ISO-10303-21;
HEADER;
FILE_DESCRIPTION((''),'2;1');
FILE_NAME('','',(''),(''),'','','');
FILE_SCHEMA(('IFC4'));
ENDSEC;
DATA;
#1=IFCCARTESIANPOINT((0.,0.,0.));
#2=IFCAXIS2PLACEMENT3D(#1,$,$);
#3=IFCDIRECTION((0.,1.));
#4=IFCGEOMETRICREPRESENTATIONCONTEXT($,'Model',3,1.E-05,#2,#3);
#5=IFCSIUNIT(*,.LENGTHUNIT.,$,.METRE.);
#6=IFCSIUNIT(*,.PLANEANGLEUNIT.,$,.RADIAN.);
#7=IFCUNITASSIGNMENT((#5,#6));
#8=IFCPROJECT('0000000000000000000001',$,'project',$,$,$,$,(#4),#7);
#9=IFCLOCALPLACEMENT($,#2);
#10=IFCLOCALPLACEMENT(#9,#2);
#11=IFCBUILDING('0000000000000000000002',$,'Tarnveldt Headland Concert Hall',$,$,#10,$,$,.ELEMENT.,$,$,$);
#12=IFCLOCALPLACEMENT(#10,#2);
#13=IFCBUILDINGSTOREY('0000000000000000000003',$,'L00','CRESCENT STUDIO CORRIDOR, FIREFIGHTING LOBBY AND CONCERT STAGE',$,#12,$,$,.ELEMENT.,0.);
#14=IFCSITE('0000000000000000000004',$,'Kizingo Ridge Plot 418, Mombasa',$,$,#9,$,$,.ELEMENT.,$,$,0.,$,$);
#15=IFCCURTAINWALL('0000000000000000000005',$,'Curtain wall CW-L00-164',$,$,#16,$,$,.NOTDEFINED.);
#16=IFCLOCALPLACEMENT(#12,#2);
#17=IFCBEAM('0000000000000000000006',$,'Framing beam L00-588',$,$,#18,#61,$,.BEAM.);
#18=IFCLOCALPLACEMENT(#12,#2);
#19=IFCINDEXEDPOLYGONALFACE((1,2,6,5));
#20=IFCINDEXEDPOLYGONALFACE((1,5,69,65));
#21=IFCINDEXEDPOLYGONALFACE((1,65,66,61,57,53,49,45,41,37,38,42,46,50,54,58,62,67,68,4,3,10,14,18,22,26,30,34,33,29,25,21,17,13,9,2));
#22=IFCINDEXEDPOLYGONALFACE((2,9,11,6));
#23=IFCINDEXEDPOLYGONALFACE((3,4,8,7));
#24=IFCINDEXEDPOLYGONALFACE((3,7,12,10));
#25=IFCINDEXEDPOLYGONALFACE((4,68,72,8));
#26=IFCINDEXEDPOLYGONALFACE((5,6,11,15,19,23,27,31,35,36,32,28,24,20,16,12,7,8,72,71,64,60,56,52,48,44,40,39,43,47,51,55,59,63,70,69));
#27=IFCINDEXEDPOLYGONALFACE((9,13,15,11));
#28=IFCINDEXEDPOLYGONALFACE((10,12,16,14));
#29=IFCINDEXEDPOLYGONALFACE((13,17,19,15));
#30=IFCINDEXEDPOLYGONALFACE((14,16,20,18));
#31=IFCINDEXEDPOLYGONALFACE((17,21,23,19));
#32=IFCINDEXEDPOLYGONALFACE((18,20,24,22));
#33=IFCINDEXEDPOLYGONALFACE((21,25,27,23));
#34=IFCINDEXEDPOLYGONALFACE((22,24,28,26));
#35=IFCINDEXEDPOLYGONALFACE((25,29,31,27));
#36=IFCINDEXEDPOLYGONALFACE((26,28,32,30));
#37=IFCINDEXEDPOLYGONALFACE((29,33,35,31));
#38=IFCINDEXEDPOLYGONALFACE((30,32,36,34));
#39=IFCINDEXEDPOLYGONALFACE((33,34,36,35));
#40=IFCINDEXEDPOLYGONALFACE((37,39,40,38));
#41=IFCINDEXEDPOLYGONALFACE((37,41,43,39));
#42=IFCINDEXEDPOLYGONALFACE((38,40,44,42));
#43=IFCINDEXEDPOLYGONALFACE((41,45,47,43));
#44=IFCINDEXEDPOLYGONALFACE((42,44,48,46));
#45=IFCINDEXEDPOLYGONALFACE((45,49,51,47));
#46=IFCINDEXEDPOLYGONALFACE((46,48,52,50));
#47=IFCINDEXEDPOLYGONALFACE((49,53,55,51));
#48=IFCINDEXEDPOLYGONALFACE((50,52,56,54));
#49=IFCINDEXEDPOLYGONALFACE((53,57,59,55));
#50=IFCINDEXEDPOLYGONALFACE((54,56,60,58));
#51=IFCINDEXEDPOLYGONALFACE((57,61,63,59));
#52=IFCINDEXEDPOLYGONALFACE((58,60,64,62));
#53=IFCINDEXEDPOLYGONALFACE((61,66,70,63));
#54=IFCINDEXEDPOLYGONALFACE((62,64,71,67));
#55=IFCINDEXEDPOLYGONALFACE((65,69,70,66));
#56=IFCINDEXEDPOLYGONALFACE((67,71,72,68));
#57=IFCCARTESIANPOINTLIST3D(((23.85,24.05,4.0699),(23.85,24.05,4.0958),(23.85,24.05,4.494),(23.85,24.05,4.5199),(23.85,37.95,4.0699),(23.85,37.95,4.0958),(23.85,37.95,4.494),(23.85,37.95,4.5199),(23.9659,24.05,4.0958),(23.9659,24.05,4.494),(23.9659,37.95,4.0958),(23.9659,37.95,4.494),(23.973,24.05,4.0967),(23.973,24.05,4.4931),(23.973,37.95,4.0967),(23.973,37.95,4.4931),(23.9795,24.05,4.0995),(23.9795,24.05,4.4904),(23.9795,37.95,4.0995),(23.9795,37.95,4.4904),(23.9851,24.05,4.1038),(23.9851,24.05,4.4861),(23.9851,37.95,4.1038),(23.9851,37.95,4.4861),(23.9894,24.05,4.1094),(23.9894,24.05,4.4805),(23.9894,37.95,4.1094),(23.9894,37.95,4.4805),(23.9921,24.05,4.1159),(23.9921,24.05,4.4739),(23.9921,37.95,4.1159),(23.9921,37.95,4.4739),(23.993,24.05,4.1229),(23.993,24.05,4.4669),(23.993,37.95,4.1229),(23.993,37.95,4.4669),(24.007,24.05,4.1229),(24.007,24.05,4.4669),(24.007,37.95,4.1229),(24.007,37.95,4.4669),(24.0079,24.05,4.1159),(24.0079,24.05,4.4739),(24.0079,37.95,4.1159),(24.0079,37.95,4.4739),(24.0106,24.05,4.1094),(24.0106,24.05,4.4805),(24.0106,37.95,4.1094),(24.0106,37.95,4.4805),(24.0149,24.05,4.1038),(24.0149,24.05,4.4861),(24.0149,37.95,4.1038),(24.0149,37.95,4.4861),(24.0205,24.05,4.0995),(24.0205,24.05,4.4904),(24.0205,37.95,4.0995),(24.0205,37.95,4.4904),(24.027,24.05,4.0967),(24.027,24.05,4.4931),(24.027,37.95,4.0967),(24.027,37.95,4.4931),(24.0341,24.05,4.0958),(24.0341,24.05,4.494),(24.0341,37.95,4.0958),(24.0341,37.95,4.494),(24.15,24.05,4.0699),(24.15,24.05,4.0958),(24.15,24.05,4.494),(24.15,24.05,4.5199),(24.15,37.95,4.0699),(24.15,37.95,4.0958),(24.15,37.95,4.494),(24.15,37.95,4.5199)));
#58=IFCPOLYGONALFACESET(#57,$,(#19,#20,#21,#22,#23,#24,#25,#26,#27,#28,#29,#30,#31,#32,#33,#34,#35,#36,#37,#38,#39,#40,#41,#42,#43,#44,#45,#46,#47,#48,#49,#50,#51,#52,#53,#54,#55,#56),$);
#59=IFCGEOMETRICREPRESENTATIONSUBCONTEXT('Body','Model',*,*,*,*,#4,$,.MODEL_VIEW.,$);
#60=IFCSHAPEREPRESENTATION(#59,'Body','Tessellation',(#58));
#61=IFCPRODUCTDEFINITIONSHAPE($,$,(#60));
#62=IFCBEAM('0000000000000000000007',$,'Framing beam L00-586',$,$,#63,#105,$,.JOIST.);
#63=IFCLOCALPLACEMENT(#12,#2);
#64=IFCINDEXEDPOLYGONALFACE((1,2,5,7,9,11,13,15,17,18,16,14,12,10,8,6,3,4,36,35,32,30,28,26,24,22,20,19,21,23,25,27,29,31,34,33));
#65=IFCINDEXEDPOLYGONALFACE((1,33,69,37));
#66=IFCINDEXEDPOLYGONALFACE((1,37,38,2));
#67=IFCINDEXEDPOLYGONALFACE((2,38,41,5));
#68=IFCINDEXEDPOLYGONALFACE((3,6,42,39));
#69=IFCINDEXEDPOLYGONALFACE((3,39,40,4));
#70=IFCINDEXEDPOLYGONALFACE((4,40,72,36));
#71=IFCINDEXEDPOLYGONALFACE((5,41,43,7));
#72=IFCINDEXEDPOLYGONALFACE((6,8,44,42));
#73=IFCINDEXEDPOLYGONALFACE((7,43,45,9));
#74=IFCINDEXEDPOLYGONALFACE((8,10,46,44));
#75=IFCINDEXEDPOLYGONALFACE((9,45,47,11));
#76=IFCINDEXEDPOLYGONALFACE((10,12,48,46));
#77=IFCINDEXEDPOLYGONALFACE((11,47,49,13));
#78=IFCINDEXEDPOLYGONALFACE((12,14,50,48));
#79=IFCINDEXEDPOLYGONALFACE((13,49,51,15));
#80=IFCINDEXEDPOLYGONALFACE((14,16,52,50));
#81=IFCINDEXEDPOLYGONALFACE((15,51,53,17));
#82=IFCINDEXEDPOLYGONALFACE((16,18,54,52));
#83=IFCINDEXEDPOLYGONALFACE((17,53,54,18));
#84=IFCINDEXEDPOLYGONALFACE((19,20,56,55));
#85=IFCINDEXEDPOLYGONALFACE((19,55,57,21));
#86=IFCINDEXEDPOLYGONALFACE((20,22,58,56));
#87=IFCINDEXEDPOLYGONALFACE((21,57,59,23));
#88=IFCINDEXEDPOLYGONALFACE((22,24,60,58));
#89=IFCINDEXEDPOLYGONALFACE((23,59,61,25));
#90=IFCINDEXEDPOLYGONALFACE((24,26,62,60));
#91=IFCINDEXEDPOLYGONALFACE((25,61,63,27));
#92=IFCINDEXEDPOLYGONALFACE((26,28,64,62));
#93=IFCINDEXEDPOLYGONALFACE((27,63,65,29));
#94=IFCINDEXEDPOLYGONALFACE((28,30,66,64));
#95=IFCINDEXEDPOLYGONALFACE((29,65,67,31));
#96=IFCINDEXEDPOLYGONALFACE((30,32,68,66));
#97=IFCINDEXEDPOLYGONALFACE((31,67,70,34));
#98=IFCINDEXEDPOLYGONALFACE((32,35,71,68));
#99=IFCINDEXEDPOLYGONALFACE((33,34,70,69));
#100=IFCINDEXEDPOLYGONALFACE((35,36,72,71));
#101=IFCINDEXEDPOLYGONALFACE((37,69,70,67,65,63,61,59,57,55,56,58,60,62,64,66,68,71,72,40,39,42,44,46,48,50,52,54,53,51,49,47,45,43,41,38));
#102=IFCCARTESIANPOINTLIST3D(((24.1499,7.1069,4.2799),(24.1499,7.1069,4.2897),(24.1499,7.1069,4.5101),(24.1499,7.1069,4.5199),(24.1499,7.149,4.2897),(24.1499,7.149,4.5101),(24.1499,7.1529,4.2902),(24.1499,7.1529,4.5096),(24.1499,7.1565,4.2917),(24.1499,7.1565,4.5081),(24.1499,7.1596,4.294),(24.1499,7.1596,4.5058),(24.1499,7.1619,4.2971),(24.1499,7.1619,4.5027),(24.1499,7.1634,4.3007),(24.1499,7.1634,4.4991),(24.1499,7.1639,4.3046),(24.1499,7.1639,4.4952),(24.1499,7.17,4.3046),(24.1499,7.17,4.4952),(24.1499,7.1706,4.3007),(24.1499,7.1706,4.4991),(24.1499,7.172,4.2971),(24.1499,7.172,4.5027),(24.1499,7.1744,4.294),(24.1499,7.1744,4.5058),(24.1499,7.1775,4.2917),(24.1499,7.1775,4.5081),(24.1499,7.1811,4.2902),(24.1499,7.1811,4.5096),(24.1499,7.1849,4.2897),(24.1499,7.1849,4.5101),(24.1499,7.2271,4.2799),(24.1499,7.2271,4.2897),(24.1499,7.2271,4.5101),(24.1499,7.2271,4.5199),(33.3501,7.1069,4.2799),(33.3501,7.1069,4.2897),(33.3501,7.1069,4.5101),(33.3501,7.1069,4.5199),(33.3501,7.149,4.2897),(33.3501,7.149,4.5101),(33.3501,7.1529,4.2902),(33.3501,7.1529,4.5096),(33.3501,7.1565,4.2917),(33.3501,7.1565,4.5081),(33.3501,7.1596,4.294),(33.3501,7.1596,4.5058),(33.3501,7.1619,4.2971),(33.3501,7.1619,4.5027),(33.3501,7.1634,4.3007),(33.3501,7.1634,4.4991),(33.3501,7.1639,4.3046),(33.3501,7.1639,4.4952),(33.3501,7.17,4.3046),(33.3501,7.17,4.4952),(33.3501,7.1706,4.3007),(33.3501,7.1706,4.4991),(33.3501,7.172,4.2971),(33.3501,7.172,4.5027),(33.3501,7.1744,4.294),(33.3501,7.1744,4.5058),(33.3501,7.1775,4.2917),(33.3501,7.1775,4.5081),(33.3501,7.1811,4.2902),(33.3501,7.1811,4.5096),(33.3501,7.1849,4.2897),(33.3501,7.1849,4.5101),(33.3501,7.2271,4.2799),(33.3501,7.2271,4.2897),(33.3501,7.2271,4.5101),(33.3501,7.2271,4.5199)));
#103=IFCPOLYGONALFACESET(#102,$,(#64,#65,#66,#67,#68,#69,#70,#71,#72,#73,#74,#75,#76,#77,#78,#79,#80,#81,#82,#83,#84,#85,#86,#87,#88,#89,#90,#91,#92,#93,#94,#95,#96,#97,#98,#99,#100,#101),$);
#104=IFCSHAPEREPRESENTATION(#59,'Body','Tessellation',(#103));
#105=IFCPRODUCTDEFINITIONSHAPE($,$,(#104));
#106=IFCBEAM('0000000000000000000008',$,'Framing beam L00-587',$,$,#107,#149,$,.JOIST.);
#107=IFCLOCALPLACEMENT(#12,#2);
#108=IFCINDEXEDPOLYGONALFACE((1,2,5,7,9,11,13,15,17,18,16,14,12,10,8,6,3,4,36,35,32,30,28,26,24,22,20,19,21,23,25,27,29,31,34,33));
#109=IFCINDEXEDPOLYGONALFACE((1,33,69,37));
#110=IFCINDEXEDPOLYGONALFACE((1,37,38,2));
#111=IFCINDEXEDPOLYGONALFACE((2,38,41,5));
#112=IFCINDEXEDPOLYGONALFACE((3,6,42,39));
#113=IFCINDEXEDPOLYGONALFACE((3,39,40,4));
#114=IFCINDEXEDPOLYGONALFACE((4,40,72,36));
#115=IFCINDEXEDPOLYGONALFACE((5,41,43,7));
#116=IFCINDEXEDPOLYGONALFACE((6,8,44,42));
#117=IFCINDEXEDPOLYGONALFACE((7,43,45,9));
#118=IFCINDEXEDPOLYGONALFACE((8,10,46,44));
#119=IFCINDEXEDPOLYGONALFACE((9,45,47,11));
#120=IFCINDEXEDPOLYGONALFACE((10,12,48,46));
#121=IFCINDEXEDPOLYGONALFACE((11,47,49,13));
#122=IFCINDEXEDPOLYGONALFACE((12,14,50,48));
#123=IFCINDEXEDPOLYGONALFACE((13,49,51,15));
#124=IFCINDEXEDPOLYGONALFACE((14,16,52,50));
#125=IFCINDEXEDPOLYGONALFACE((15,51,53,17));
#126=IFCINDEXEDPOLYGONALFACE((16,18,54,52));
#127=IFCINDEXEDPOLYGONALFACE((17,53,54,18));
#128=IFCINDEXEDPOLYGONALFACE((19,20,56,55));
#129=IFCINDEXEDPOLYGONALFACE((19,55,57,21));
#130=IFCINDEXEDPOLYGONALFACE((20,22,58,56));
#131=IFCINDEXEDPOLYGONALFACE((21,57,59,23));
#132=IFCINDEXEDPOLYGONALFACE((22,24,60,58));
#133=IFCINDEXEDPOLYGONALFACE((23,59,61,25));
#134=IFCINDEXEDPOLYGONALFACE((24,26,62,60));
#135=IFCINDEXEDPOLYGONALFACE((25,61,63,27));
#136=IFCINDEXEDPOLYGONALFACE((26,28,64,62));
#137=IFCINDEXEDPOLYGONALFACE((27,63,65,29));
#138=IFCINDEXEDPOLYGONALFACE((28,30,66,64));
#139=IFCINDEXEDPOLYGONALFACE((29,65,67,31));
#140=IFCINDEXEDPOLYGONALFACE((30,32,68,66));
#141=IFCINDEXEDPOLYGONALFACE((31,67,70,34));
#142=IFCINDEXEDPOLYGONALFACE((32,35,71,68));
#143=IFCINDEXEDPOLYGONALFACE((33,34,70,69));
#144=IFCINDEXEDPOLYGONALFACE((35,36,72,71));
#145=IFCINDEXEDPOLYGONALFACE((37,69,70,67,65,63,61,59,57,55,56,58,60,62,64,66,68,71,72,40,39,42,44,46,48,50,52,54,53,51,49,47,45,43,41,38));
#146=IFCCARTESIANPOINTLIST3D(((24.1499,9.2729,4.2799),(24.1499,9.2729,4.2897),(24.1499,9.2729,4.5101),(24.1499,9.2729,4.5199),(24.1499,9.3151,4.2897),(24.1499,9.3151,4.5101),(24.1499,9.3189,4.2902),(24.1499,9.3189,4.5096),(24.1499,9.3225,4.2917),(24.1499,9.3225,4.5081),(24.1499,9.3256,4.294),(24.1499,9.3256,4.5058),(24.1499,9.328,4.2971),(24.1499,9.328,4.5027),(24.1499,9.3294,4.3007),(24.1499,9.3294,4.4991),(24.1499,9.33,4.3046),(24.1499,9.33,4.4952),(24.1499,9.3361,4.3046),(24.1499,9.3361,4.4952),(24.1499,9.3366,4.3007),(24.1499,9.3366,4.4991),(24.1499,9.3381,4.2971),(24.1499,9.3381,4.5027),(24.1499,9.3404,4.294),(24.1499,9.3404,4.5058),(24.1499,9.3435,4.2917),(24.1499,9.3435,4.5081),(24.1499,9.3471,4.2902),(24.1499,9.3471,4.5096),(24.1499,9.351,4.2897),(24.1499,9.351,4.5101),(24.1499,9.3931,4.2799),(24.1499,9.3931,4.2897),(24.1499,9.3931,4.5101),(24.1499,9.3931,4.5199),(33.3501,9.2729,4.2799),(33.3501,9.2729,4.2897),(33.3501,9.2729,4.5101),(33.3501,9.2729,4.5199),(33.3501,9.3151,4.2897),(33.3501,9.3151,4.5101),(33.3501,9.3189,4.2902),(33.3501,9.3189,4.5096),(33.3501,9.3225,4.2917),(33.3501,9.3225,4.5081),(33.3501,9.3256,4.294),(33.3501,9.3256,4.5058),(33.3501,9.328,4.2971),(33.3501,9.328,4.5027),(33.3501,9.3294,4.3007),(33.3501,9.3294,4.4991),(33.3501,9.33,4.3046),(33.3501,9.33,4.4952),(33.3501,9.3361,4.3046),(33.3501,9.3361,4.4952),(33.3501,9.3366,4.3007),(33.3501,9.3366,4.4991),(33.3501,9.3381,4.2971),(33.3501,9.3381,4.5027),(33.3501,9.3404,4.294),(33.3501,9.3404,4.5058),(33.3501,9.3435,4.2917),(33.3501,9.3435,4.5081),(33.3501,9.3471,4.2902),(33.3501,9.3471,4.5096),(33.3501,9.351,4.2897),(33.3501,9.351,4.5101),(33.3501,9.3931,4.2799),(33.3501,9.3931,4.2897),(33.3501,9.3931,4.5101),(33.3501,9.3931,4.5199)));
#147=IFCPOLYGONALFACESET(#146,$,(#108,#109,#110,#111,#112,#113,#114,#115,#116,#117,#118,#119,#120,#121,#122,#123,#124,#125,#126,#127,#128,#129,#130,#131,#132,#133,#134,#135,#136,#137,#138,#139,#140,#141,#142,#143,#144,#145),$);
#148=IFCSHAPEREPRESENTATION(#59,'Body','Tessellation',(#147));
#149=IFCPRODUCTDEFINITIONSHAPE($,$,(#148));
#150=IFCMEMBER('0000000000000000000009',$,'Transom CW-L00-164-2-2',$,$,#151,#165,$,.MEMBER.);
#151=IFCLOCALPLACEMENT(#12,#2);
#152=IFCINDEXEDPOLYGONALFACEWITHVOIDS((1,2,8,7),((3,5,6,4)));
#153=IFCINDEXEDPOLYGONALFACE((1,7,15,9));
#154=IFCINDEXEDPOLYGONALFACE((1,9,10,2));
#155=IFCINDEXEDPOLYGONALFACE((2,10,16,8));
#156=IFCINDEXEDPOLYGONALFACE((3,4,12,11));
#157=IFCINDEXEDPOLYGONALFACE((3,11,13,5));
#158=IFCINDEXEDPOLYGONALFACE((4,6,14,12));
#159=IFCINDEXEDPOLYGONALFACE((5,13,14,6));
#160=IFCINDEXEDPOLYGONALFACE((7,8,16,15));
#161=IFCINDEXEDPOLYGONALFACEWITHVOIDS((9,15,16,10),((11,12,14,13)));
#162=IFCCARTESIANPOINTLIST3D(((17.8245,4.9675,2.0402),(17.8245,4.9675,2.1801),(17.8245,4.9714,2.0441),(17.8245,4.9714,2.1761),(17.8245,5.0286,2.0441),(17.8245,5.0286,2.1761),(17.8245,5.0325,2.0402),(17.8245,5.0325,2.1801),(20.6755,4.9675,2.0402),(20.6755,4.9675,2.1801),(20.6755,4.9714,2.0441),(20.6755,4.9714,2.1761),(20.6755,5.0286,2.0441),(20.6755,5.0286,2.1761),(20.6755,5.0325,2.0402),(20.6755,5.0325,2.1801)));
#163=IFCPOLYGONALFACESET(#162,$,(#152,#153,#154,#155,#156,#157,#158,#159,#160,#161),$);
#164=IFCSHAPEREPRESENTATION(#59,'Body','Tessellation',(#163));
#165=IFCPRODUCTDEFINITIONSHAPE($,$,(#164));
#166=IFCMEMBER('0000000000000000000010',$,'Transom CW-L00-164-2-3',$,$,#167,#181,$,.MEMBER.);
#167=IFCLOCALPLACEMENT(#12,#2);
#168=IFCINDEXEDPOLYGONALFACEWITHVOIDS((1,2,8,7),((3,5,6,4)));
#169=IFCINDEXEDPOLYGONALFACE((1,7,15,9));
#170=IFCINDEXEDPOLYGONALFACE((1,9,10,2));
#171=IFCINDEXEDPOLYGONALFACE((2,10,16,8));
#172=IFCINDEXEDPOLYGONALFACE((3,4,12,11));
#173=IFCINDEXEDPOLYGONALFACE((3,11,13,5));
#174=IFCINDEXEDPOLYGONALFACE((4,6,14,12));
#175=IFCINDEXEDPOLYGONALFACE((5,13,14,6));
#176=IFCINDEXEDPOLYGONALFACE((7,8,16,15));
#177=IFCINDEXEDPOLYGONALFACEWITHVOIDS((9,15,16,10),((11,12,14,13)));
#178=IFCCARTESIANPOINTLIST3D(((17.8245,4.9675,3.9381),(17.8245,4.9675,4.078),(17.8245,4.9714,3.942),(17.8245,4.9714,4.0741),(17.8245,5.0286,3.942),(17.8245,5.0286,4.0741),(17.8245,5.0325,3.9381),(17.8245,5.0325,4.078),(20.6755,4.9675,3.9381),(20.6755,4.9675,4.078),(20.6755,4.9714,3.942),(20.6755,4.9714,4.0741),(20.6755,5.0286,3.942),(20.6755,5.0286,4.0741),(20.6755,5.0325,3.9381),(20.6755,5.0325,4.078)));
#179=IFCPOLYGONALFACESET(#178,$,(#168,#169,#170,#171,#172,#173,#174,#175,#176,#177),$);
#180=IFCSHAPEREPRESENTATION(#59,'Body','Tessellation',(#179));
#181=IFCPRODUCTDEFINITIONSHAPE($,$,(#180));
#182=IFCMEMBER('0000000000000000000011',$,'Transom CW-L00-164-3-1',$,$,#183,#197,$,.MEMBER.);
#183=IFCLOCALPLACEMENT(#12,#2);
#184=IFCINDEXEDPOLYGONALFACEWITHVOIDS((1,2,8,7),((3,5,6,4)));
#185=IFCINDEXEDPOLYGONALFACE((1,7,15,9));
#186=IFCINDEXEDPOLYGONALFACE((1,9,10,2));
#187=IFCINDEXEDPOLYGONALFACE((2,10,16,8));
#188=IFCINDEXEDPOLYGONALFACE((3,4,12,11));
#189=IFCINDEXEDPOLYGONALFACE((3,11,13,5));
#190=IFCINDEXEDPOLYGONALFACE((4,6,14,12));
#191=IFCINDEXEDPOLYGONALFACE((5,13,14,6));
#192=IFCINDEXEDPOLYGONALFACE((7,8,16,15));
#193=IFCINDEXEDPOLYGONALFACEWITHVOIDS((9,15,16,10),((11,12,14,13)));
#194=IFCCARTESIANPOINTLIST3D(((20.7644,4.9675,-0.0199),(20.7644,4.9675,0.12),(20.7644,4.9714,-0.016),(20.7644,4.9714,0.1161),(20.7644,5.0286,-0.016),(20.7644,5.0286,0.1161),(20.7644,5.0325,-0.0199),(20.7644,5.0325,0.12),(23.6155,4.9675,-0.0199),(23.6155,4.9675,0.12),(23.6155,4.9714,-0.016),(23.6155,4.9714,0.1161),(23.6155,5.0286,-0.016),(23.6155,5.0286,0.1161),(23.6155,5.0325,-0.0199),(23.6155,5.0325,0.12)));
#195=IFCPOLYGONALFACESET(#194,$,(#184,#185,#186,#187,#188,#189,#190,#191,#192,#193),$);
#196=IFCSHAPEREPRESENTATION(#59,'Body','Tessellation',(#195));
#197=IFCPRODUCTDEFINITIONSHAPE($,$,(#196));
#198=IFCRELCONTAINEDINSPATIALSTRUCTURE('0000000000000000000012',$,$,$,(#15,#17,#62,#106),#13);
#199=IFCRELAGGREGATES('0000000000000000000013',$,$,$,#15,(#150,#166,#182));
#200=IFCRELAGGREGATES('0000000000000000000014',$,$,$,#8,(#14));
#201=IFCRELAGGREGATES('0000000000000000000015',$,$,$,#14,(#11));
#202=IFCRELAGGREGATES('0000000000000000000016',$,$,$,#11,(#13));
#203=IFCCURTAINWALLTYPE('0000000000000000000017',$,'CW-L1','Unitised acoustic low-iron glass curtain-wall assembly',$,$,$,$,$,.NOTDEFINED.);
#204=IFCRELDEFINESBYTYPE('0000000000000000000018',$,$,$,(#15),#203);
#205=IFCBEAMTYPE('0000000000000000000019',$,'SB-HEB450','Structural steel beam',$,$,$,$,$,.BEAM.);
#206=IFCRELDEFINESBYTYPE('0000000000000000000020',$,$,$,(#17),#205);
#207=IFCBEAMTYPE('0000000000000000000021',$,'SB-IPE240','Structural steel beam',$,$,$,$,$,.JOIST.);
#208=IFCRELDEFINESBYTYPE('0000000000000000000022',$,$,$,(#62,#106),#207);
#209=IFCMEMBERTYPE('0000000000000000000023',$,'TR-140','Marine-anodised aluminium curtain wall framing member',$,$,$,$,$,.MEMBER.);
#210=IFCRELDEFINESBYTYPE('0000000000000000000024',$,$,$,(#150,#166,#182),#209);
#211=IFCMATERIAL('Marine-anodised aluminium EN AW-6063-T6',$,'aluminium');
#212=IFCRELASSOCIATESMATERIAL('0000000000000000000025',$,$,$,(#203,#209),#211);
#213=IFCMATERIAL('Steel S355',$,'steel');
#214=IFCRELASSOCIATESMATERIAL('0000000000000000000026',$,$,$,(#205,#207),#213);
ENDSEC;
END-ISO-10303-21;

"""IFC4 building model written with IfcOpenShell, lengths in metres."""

from ifc_helpers import new_model, si_unit, direction, frame, origin, origin_2d, place, context, subcontext, project, spatial, hollow_rectangle, i_section, extrude, material, material_profile, profile_set, type_object, element, aggregate, save


model = new_model("IFC4")

# Units and contexts
model_context = context("Model", 3, precision=1e-05, world=origin(), true_north=direction((0.0, 1.0)))
body_context = subcontext(model_context, "Body", "Model", "MODEL_VIEW")
ifc_project = project(units=[si_unit("LENGTHUNIT", "METRE"), si_unit("PLANEANGLEUNIT", "RADIAN")], contexts=[model_context])

# Site, building, storey
site_placement = place(None, origin())
site = spatial("IfcSite", under=ifc_project, at=site_placement, Name="Kizingo Ridge Plot 418, Mombasa", CompositionType="ELEMENT", RefElevation=0.0)
building_placement = place(site_placement, origin())
building = spatial("IfcBuilding", under=site, at=building_placement, Name="Tarnveldt Headland Concert Hall", CompositionType="ELEMENT")
storey_placement = place(building_placement, origin())
storey = spatial("IfcBuildingStorey", under=building, at=storey_placement, Name="L00", Description="CRESCENT STUDIO CORRIDOR, FIREFIGHTING LOBBY AND CONCERT STAGE", CompositionType="ELEMENT", Elevation=0.0)

# Shared definitions
ifc_material_1 = material(Name="Steel S355", Category="steel")

# Curtain wall
ifc_material_2 = material(Name="Marine-anodised aluminium EN AW-6063-T6", Category="aluminium")
curtain_wall_type = type_object("IfcCurtainWallType", Name="CW-L1", Description="Unitised acoustic low-iron glass curtain-wall assembly", PredefinedType="NOTDEFINED", material=ifc_material_2)
curtain_wall_placement = place(storey_placement, origin())
curtain_wall = element("IfcCurtainWall", 1, at=curtain_wall_placement, inside=storey, type_object=curtain_wall_type, Name="Curtain wall CW-L00-164", PredefinedType="NOTDEFINED")

# Beams
ifc_material_profile_1 = material_profile(ifc_material_1, i_section(OverallWidth=0.3, OverallDepth=0.45, WebThickness=0.0139, FlangeThickness=0.0259, FilletRadius=0.0271, at=origin_2d()), Name="HEB450", Category="steel")
ifc_profile_set_1 = profile_set([ifc_material_profile_1], Name="Steel S355")
beam_type_1 = type_object("IfcBeamType", Name="SB-HEB450", Description="Structural steel beam", PredefinedType="BEAM", material=ifc_profile_set_1)
beam_1_placement = place(storey_placement, frame((24.0, 24.05, 4.2949), z_axis=(0.0, 1.0, 0.0), x_axis=(-1.0, 0.0, 0.0)))
element("IfcBeam", 2, at=beam_1_placement, inside=storey, type_object=beam_type_1, Name="Framing beam L00-588", PredefinedType="BEAM", context=body_context, shape_type="SweptSolid", body=[
    extrude(i_section(OverallWidth=0.3, OverallDepth=0.45, WebThickness=0.0139, FlangeThickness=0.0259, FilletRadius=0.0271, at=origin_2d()), origin(), (0.0, 0.0, 1.0), 13.8999),
])
ifc_material_profile_2 = material_profile(ifc_material_1, i_section(OverallWidth=0.1201, OverallDepth=0.24, WebThickness=0.0061, FlangeThickness=0.0098, FilletRadius=0.0149, at=origin_2d()), Name="IPE240", Category="steel")
ifc_profile_set_2 = profile_set([ifc_material_profile_2], Name="Steel S355")
beam_type_2 = type_object("IfcBeamType", Name="SB-IPE240", Description="Structural steel beam", PredefinedType="JOIST", material=ifc_profile_set_2)
for number, where, z_axis, x_axis, name in (
    (3, (24.1499, 7.167, 4.3999), (1.0, 0.0, 0.0), (0.0, 1.0, 0.0), "Framing beam L00-586"),
    (4, (24.1499, 9.333, 4.3999), (1.0, 0.0, 0.0), (0.0, 1.0, 0.0), "Framing beam L00-587"),
):
    element("IfcBeam", number, at=place(storey_placement, frame(where, z_axis=z_axis, x_axis=x_axis)), inside=storey, type_object=beam_type_2, Name=name, PredefinedType="JOIST", context=body_context, shape_type="SweptSolid", body=[
        extrude(i_section(OverallWidth=0.1201, OverallDepth=0.24, WebThickness=0.0061, FlangeThickness=0.0098, FilletRadius=0.0149, at=origin_2d()), origin(), (0.0, 0.0, 1.0), 9.2002),
    ])

# Members
ifc_material_profile_3 = material_profile(ifc_material_2, hollow_rectangle(XDim=0.0649, YDim=0.1399, WallThickness=0.0039, at=origin_2d()), Name="ALU TRANSOM 65x140x4", Category="aluminium")
ifc_profile_set_3 = profile_set([ifc_material_profile_3], Name="Marine-anodised aluminium EN AW-6063-T6")
member_type_1 = type_object("IfcMemberType", Name="TR-140", Description="Marine-anodised aluminium curtain wall framing member", PredefinedType="MEMBER", material=ifc_profile_set_3)
member_1_placement = place(storey_placement, frame((17.8245, 5.0, 2.1101), z_axis=(1.0, 0.0, 0.0), x_axis=(0.0, 1.0, 0.0)))
member_1 = element("IfcMember", 5, at=member_1_placement, type_object=member_type_1, Name="Transom CW-L00-164-2-2", PredefinedType="MEMBER", context=body_context, shape_type="SweptSolid", body=[
    extrude(hollow_rectangle(XDim=0.0649, YDim=0.1399, WallThickness=0.0039, at=origin_2d()), origin(), (0.0, 0.0, 1.0), 2.8511),
])
member_2_placement = place(storey_placement, frame((17.8245, 5.0, 4.0081), z_axis=(1.0, 0.0, 0.0), x_axis=(0.0, 1.0, 0.0)))
member_2 = element("IfcMember", 6, at=member_2_placement, type_object=member_type_1, Name="Transom CW-L00-164-2-3", PredefinedType="MEMBER", context=body_context, shape_type="SweptSolid", body=[
    extrude(hollow_rectangle(XDim=0.0649, YDim=0.1399, WallThickness=0.0039, at=origin_2d()), origin(), (0.0, 0.0, 1.0), 2.8511),
])
member_3_placement = place(storey_placement, frame((20.7644, 5.0, 0.05), z_axis=(1.0, 0.0, 0.0), x_axis=(0.0, 1.0, 0.0)))
member_3 = element("IfcMember", 7, at=member_3_placement, type_object=member_type_1, Name="Transom CW-L00-164-3-1", PredefinedType="MEMBER", context=body_context, shape_type="SweptSolid", body=[
    extrude(hollow_rectangle(XDim=0.0649, YDim=0.1399, WallThickness=0.0039, at=origin_2d()), origin(), (0.0, 0.0, 1.0), 2.8511),
])

aggregate(curtain_wall, [member_1, member_2, member_3])

save(model, "model.ifc")
